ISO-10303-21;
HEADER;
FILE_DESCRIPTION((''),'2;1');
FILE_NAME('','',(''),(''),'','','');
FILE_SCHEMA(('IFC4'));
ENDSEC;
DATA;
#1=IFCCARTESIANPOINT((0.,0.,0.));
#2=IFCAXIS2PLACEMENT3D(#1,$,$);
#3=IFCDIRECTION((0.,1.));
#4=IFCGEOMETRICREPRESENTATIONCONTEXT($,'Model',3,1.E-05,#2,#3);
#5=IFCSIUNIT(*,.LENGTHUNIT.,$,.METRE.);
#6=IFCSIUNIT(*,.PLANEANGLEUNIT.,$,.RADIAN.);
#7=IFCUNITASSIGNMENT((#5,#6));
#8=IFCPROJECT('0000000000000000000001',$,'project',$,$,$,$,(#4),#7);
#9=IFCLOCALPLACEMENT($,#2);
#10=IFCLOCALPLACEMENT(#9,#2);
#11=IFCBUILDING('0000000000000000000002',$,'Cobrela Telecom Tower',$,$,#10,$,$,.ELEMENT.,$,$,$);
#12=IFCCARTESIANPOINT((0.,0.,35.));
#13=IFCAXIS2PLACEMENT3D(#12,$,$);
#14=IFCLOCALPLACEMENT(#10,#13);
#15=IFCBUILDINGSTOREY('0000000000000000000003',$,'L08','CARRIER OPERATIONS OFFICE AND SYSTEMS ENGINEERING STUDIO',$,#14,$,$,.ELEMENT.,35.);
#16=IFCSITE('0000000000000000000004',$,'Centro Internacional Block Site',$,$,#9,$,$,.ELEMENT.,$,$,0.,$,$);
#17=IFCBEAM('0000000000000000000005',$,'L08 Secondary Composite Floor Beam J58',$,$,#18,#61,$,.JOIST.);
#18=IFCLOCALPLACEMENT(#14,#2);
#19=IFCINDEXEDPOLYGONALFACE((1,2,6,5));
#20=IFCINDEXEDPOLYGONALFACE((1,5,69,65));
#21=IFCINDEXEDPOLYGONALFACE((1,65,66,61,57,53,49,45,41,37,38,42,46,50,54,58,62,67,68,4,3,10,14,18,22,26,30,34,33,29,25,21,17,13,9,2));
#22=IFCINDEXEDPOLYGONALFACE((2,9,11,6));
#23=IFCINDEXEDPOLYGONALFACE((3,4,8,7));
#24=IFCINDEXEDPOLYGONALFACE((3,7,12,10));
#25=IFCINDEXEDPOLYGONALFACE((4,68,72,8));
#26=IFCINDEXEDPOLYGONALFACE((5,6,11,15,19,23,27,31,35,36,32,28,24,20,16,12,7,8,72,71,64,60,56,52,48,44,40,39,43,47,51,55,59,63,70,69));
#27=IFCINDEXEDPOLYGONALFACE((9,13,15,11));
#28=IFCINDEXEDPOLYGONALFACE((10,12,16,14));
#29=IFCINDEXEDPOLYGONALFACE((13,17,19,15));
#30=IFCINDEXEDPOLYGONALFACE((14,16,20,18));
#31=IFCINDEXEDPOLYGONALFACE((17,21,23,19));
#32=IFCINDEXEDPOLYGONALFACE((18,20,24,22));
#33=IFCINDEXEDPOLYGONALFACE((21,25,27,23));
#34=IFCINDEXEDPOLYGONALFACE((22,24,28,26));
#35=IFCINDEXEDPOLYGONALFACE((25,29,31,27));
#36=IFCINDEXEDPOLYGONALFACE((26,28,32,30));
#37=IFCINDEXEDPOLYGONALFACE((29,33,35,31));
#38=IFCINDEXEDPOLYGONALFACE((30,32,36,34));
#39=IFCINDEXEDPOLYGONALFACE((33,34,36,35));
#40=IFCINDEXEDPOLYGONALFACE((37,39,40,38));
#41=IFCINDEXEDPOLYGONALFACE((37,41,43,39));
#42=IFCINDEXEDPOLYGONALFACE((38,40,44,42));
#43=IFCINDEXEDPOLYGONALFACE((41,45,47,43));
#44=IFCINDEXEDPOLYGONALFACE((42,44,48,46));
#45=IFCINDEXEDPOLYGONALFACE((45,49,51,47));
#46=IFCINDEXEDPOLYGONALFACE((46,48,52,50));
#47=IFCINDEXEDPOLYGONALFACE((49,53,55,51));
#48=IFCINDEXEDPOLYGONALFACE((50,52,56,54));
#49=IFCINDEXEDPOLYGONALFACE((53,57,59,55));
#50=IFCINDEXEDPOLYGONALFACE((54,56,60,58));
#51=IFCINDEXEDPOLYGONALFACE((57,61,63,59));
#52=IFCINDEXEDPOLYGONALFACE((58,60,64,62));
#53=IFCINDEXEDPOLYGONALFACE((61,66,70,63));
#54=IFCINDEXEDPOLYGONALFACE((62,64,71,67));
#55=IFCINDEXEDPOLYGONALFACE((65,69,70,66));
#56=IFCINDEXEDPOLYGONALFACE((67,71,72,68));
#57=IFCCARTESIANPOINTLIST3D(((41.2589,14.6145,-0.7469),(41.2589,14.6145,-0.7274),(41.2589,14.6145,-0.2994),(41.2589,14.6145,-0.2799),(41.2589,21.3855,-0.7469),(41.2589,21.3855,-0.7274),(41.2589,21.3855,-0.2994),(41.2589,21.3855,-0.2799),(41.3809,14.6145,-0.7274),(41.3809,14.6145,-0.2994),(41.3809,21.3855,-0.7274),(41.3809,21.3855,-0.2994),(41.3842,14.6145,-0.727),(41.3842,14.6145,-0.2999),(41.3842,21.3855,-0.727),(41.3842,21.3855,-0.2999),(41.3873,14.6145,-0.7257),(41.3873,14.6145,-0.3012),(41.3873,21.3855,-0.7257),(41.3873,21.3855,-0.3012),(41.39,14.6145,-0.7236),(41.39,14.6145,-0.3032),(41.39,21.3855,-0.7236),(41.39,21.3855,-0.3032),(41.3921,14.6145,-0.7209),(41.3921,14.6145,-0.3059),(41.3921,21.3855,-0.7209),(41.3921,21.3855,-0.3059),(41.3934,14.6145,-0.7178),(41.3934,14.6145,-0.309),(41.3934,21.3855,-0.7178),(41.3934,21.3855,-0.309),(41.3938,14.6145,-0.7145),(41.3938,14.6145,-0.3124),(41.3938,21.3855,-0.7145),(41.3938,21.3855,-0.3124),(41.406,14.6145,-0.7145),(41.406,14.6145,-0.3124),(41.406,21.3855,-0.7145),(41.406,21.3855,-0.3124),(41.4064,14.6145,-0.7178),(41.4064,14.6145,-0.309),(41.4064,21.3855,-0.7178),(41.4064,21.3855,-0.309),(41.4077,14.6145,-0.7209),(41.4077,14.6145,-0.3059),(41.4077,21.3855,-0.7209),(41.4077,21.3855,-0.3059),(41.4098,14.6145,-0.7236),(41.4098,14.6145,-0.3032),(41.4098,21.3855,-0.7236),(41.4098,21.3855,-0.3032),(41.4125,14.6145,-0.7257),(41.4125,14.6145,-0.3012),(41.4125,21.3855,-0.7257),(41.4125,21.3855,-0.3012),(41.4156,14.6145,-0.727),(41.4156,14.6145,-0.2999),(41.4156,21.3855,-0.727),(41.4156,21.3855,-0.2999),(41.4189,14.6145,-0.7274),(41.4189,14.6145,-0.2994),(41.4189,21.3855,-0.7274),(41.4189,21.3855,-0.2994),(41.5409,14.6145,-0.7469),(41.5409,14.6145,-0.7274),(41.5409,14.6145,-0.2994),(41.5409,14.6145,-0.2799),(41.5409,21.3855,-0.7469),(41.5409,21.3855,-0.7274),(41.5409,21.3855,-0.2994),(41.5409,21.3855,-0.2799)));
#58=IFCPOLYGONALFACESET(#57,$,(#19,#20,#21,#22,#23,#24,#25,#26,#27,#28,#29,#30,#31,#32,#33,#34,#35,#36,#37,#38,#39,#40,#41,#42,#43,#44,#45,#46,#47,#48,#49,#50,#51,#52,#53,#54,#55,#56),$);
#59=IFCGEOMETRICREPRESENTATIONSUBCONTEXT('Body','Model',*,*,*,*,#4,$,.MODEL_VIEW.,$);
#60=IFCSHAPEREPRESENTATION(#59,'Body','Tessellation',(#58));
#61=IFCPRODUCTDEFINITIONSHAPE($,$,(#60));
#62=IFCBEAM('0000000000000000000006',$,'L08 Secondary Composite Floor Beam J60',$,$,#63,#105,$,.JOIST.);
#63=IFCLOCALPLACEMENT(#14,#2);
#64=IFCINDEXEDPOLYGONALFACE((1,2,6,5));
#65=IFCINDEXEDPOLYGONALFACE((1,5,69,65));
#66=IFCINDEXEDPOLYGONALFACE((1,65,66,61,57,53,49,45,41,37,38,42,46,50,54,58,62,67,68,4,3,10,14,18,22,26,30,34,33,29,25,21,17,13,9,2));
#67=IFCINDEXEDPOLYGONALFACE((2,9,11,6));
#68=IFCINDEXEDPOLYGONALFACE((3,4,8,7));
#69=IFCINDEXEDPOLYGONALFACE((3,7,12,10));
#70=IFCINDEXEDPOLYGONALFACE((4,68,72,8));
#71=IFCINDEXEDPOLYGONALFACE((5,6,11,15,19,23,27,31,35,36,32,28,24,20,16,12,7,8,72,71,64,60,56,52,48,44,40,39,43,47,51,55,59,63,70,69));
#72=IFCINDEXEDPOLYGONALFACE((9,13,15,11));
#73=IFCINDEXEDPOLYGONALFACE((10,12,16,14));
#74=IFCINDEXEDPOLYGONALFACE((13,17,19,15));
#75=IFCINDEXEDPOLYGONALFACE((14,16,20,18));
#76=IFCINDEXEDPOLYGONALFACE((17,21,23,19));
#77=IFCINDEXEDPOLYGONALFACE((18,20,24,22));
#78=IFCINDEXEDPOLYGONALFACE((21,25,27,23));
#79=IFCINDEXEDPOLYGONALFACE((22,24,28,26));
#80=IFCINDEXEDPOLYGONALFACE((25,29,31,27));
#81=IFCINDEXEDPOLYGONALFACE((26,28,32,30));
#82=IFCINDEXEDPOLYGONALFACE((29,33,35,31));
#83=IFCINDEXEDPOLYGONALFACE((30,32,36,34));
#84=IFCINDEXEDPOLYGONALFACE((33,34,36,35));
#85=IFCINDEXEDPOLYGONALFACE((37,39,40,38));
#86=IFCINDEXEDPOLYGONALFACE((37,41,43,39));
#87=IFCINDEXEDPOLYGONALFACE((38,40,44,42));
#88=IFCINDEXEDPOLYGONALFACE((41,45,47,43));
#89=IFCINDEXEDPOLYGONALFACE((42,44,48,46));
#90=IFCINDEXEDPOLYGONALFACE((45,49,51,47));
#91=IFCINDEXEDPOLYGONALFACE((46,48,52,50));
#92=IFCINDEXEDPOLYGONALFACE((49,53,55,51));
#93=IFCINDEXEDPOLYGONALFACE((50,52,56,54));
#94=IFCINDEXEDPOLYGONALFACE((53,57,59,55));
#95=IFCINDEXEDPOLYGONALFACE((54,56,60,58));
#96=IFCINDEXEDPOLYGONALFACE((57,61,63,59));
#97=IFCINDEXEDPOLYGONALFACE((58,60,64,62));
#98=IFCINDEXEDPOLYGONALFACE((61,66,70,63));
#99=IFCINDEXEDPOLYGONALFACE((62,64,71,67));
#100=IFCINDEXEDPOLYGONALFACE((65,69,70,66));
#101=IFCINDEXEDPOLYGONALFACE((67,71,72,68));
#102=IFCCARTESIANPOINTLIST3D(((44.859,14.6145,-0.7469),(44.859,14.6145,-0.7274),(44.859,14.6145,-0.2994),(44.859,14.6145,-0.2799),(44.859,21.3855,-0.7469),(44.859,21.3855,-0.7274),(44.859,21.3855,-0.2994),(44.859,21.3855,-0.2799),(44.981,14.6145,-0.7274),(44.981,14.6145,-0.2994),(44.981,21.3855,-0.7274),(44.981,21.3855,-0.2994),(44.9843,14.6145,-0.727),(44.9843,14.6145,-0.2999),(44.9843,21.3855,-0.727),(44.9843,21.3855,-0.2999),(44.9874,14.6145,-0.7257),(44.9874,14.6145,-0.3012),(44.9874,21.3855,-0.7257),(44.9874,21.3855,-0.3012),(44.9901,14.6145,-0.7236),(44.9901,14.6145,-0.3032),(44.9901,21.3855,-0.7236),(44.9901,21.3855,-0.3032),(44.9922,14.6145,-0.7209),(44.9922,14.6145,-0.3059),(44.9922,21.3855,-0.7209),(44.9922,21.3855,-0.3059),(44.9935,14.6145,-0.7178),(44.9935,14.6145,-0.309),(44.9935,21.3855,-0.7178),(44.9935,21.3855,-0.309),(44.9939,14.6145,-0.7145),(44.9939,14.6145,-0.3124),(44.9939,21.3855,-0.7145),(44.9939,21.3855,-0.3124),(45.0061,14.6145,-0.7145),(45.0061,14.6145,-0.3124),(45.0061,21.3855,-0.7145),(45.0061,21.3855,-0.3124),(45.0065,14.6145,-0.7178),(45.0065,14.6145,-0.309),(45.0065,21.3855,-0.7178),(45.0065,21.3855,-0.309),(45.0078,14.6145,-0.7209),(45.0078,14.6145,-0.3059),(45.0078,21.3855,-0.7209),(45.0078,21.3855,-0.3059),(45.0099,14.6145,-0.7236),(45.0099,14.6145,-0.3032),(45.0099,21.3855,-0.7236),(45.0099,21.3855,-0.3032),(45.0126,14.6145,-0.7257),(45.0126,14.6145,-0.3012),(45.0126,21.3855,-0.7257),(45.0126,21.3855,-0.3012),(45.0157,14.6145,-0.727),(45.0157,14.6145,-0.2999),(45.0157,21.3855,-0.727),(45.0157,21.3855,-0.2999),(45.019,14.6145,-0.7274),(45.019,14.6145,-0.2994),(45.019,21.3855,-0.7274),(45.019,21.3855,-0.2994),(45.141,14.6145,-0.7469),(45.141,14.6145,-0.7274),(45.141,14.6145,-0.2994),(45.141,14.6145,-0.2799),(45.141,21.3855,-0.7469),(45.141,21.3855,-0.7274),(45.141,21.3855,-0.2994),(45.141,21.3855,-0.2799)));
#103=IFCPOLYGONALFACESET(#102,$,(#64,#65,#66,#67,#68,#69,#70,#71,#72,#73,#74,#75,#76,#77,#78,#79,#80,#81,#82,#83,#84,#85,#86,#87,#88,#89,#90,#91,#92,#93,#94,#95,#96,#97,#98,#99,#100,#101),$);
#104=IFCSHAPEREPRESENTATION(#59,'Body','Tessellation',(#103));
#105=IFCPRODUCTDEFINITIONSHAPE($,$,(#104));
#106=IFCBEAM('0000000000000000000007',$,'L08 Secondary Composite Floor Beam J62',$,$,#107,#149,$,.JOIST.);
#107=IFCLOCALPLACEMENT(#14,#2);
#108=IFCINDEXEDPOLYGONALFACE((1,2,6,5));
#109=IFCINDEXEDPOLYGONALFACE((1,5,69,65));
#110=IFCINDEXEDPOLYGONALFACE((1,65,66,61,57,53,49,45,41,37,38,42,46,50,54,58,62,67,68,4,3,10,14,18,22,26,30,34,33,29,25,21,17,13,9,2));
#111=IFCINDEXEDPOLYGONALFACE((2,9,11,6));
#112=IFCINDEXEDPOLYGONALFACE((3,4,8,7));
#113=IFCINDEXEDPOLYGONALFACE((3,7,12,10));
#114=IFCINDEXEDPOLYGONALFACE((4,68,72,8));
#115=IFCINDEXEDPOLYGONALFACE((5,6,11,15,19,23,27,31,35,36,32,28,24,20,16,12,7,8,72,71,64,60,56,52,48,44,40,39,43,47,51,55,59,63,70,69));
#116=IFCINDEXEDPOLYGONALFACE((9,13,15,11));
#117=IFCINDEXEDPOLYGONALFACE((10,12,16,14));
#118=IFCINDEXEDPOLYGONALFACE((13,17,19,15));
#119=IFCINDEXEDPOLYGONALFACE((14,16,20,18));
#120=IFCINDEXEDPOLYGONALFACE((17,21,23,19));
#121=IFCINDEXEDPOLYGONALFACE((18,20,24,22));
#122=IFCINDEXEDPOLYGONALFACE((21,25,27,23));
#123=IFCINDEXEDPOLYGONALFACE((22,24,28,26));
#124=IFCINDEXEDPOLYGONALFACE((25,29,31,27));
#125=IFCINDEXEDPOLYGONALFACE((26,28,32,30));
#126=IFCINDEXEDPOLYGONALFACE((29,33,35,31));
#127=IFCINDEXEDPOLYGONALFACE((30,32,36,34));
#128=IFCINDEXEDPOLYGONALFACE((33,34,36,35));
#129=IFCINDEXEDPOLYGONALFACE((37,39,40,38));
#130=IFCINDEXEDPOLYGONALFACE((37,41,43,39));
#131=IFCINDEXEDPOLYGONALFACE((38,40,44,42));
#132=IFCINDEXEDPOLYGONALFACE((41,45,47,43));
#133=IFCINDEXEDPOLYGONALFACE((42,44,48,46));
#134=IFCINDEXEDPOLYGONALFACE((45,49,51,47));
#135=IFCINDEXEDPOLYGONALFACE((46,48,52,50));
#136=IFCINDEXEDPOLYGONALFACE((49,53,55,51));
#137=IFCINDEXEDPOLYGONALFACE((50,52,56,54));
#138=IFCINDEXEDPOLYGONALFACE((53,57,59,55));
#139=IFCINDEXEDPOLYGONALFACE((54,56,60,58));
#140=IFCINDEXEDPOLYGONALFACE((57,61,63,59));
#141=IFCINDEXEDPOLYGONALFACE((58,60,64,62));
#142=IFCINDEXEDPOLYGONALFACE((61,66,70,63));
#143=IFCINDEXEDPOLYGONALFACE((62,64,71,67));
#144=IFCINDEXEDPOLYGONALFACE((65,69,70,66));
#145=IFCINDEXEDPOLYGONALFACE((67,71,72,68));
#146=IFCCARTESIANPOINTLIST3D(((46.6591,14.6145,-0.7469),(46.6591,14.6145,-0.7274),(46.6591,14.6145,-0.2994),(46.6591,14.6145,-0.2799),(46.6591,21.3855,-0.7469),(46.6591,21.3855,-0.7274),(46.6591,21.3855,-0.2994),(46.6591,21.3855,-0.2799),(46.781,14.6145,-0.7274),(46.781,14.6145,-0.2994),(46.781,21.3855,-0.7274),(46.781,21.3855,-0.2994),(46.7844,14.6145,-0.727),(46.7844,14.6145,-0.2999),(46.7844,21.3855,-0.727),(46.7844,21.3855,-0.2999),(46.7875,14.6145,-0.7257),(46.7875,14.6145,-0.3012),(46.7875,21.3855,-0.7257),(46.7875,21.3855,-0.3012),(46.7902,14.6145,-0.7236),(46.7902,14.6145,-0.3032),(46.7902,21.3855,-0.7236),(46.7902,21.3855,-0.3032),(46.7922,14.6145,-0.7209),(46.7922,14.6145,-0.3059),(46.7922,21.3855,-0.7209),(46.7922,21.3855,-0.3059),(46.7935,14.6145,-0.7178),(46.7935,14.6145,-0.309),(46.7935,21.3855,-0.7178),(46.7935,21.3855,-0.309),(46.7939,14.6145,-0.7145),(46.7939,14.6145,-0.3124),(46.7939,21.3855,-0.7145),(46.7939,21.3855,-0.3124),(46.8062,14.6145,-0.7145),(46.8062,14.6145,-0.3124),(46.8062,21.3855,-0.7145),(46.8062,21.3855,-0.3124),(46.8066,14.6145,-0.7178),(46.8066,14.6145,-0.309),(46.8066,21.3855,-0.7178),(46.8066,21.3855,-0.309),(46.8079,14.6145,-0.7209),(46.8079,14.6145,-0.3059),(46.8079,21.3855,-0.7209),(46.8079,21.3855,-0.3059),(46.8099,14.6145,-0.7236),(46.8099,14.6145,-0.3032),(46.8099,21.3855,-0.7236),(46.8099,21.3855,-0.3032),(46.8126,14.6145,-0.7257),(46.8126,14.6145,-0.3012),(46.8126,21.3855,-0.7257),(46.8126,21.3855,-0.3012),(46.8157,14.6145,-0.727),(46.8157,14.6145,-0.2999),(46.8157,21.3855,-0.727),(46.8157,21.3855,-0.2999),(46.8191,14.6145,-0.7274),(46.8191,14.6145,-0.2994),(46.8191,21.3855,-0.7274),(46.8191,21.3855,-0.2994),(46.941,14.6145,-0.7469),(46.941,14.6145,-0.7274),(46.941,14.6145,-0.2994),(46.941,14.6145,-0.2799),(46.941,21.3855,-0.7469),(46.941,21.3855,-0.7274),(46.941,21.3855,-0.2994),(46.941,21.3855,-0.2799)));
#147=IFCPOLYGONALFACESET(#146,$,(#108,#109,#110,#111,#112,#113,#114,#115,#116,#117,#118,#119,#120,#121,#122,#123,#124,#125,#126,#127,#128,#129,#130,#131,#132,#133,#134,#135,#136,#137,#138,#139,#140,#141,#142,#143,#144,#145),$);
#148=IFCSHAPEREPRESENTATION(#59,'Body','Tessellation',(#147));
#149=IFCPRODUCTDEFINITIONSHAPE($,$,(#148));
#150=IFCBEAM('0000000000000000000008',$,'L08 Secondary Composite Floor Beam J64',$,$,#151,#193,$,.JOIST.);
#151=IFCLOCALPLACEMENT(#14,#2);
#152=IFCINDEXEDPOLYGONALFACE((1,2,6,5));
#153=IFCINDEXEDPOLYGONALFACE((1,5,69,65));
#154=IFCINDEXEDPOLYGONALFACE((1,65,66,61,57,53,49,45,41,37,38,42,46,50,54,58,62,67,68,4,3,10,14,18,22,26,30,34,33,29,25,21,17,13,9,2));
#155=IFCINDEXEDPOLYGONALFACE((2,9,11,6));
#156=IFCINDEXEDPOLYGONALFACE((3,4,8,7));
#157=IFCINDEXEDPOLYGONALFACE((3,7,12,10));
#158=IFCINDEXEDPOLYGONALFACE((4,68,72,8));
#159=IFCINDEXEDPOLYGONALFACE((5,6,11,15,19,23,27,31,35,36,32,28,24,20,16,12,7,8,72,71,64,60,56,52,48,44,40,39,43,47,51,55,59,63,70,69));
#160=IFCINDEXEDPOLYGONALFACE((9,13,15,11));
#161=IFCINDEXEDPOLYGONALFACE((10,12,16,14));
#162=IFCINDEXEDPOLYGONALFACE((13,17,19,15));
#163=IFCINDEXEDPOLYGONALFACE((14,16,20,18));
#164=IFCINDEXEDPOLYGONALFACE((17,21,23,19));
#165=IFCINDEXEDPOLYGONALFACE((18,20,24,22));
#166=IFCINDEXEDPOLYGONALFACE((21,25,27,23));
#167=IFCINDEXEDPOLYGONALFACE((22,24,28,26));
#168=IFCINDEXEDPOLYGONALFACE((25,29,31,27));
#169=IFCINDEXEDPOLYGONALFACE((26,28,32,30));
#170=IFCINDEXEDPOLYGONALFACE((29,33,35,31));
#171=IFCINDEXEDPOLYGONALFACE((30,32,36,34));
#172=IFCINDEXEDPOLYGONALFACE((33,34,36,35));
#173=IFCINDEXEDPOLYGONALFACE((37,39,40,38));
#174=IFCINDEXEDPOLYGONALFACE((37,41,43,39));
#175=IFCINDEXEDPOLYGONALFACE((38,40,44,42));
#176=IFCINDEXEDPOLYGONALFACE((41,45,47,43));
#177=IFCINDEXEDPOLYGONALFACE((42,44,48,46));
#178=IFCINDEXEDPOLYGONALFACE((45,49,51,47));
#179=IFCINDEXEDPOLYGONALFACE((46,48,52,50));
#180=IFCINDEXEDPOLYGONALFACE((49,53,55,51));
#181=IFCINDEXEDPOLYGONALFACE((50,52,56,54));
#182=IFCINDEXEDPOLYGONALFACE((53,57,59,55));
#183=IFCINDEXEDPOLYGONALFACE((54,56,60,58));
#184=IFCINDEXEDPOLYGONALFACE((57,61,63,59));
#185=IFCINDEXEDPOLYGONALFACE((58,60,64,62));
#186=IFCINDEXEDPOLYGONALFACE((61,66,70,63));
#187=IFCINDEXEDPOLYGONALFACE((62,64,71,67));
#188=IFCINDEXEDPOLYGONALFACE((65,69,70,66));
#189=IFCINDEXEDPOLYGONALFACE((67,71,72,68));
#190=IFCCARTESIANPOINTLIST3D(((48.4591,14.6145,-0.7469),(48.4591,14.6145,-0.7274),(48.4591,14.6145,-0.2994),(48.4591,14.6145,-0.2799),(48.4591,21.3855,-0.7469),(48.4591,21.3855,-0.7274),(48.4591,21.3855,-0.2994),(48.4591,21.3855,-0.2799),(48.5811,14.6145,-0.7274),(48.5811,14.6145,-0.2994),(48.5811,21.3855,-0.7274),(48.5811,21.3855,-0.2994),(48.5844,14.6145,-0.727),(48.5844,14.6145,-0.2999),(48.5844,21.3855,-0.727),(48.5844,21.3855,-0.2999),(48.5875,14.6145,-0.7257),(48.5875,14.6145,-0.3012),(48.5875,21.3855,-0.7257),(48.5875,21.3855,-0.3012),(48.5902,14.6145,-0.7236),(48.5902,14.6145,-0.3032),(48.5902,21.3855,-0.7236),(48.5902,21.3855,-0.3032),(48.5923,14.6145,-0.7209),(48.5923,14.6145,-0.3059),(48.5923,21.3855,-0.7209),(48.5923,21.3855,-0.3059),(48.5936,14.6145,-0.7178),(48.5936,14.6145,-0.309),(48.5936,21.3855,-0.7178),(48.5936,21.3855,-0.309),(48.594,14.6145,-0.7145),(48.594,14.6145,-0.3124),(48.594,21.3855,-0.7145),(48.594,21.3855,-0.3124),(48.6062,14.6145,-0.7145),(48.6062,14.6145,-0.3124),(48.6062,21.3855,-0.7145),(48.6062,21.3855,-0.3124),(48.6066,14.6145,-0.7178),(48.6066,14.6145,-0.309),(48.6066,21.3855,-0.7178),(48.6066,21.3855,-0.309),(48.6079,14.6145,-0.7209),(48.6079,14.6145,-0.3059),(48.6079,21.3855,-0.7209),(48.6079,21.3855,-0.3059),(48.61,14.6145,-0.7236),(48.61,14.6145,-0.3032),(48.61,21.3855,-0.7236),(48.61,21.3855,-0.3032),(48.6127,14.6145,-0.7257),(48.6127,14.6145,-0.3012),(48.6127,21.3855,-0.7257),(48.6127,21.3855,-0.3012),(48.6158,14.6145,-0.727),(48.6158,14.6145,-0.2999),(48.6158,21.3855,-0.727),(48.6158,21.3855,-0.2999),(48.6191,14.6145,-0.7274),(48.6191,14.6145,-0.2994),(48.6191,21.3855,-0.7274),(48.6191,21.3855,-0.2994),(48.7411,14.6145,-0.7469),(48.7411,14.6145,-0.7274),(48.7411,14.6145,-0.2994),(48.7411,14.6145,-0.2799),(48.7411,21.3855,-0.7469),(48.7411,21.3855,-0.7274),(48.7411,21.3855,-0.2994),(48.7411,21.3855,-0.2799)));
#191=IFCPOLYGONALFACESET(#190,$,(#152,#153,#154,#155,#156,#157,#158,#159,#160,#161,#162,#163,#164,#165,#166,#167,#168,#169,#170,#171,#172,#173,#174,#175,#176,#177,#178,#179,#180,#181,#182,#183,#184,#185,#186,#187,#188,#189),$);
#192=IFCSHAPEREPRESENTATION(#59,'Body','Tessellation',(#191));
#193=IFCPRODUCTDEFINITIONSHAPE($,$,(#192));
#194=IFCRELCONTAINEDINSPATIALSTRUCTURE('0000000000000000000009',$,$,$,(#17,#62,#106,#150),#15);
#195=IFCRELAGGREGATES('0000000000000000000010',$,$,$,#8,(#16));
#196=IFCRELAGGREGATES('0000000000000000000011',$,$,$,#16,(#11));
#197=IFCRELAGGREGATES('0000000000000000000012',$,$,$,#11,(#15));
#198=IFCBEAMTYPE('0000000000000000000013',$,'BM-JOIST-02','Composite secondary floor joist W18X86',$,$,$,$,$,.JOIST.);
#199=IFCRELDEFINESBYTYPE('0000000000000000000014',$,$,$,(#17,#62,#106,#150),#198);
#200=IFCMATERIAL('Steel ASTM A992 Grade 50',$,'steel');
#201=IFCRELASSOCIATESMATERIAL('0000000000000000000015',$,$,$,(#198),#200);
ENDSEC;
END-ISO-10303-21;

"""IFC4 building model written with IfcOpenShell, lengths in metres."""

from ifc_helpers import new_model, si_unit, direction, frame, origin, origin_2d, place, context, subcontext, project, spatial, i_section, extrude, material, material_profile, profile_set, type_object, element, save


model = new_model("IFC4")

# Units and contexts
model_context = context("Model", 3, precision=1e-05, world=origin(), true_north=direction((0.0, 1.0)))
body_context = subcontext(model_context, "Body", "Model", "MODEL_VIEW")
ifc_project = project(units=[si_unit("LENGTHUNIT", "METRE"), si_unit("PLANEANGLEUNIT", "RADIAN")], contexts=[model_context])

# Site, building, storey
site_placement = place(None, origin())
site = spatial("IfcSite", under=ifc_project, at=site_placement, Name="Centro Internacional Block Site", CompositionType="ELEMENT", RefElevation=0.0)
building_placement = place(site_placement, origin())
building = spatial("IfcBuilding", under=site, at=building_placement, Name="Cobrela Telecom Tower", CompositionType="ELEMENT")
storey_placement = place(building_placement, frame((0.0, 0.0, 35.0)))
storey = spatial("IfcBuildingStorey", under=building, at=storey_placement, Name="L08", Description="CARRIER OPERATIONS OFFICE AND SYSTEMS ENGINEERING STUDIO", CompositionType="ELEMENT", Elevation=35.0)

# Shared definitions
ifc_material_1 = material(Name="Steel ASTM A992 Grade 50", Category="steel")

# Beams
ifc_material_profile_1 = material_profile(ifc_material_1, i_section(OverallWidth=0.282, OverallDepth=0.467, WebThickness=0.0122, FlangeThickness=0.0195, FilletRadius=0.0129, at=origin_2d()), Name="W18X86")
ifc_profile_set_1 = profile_set([ifc_material_profile_1], Name="Steel ASTM A992 Grade 50")
beam_type_1 = type_object("IfcBeamType", Name="BM-JOIST-02", Description="Composite secondary floor joist W18X86", PredefinedType="JOIST", material=ifc_profile_set_1)
for number, where, z_axis, x_axis, name in (
    (1, (41.3999, 14.6145, -0.5134), (0.0, 1.0, 0.0), (-1.0, 0.0, 0.0), "L08 Secondary Composite Floor Beam J58"),
    (2, (45.0, 14.6145, -0.5134), (0.0, 1.0, 0.0), (-1.0, 0.0, 0.0), "L08 Secondary Composite Floor Beam J60"),
    (3, (46.8, 14.6145, -0.5134), (0.0, 1.0, 0.0), (-1.0, 0.0, 0.0), "L08 Secondary Composite Floor Beam J62"),
    (4, (48.6001, 14.6145, -0.5134), (0.0, 1.0, 0.0), (-1.0, 0.0, 0.0), "L08 Secondary Composite Floor Beam J64"),
):
    element("IfcBeam", number, at=place(storey_placement, frame(where, z_axis=z_axis, x_axis=x_axis)), inside=storey, type_object=beam_type_1, Name=name, PredefinedType="JOIST", context=body_context, shape_type="SweptSolid", body=[
        extrude(i_section(OverallWidth=0.282, OverallDepth=0.467, WebThickness=0.0122, FlangeThickness=0.0195, FilletRadius=0.0129, at=origin_2d()), origin(), (0.0, 0.0, 1.0), 6.771),
    ])

save(model, "model.ifc")
